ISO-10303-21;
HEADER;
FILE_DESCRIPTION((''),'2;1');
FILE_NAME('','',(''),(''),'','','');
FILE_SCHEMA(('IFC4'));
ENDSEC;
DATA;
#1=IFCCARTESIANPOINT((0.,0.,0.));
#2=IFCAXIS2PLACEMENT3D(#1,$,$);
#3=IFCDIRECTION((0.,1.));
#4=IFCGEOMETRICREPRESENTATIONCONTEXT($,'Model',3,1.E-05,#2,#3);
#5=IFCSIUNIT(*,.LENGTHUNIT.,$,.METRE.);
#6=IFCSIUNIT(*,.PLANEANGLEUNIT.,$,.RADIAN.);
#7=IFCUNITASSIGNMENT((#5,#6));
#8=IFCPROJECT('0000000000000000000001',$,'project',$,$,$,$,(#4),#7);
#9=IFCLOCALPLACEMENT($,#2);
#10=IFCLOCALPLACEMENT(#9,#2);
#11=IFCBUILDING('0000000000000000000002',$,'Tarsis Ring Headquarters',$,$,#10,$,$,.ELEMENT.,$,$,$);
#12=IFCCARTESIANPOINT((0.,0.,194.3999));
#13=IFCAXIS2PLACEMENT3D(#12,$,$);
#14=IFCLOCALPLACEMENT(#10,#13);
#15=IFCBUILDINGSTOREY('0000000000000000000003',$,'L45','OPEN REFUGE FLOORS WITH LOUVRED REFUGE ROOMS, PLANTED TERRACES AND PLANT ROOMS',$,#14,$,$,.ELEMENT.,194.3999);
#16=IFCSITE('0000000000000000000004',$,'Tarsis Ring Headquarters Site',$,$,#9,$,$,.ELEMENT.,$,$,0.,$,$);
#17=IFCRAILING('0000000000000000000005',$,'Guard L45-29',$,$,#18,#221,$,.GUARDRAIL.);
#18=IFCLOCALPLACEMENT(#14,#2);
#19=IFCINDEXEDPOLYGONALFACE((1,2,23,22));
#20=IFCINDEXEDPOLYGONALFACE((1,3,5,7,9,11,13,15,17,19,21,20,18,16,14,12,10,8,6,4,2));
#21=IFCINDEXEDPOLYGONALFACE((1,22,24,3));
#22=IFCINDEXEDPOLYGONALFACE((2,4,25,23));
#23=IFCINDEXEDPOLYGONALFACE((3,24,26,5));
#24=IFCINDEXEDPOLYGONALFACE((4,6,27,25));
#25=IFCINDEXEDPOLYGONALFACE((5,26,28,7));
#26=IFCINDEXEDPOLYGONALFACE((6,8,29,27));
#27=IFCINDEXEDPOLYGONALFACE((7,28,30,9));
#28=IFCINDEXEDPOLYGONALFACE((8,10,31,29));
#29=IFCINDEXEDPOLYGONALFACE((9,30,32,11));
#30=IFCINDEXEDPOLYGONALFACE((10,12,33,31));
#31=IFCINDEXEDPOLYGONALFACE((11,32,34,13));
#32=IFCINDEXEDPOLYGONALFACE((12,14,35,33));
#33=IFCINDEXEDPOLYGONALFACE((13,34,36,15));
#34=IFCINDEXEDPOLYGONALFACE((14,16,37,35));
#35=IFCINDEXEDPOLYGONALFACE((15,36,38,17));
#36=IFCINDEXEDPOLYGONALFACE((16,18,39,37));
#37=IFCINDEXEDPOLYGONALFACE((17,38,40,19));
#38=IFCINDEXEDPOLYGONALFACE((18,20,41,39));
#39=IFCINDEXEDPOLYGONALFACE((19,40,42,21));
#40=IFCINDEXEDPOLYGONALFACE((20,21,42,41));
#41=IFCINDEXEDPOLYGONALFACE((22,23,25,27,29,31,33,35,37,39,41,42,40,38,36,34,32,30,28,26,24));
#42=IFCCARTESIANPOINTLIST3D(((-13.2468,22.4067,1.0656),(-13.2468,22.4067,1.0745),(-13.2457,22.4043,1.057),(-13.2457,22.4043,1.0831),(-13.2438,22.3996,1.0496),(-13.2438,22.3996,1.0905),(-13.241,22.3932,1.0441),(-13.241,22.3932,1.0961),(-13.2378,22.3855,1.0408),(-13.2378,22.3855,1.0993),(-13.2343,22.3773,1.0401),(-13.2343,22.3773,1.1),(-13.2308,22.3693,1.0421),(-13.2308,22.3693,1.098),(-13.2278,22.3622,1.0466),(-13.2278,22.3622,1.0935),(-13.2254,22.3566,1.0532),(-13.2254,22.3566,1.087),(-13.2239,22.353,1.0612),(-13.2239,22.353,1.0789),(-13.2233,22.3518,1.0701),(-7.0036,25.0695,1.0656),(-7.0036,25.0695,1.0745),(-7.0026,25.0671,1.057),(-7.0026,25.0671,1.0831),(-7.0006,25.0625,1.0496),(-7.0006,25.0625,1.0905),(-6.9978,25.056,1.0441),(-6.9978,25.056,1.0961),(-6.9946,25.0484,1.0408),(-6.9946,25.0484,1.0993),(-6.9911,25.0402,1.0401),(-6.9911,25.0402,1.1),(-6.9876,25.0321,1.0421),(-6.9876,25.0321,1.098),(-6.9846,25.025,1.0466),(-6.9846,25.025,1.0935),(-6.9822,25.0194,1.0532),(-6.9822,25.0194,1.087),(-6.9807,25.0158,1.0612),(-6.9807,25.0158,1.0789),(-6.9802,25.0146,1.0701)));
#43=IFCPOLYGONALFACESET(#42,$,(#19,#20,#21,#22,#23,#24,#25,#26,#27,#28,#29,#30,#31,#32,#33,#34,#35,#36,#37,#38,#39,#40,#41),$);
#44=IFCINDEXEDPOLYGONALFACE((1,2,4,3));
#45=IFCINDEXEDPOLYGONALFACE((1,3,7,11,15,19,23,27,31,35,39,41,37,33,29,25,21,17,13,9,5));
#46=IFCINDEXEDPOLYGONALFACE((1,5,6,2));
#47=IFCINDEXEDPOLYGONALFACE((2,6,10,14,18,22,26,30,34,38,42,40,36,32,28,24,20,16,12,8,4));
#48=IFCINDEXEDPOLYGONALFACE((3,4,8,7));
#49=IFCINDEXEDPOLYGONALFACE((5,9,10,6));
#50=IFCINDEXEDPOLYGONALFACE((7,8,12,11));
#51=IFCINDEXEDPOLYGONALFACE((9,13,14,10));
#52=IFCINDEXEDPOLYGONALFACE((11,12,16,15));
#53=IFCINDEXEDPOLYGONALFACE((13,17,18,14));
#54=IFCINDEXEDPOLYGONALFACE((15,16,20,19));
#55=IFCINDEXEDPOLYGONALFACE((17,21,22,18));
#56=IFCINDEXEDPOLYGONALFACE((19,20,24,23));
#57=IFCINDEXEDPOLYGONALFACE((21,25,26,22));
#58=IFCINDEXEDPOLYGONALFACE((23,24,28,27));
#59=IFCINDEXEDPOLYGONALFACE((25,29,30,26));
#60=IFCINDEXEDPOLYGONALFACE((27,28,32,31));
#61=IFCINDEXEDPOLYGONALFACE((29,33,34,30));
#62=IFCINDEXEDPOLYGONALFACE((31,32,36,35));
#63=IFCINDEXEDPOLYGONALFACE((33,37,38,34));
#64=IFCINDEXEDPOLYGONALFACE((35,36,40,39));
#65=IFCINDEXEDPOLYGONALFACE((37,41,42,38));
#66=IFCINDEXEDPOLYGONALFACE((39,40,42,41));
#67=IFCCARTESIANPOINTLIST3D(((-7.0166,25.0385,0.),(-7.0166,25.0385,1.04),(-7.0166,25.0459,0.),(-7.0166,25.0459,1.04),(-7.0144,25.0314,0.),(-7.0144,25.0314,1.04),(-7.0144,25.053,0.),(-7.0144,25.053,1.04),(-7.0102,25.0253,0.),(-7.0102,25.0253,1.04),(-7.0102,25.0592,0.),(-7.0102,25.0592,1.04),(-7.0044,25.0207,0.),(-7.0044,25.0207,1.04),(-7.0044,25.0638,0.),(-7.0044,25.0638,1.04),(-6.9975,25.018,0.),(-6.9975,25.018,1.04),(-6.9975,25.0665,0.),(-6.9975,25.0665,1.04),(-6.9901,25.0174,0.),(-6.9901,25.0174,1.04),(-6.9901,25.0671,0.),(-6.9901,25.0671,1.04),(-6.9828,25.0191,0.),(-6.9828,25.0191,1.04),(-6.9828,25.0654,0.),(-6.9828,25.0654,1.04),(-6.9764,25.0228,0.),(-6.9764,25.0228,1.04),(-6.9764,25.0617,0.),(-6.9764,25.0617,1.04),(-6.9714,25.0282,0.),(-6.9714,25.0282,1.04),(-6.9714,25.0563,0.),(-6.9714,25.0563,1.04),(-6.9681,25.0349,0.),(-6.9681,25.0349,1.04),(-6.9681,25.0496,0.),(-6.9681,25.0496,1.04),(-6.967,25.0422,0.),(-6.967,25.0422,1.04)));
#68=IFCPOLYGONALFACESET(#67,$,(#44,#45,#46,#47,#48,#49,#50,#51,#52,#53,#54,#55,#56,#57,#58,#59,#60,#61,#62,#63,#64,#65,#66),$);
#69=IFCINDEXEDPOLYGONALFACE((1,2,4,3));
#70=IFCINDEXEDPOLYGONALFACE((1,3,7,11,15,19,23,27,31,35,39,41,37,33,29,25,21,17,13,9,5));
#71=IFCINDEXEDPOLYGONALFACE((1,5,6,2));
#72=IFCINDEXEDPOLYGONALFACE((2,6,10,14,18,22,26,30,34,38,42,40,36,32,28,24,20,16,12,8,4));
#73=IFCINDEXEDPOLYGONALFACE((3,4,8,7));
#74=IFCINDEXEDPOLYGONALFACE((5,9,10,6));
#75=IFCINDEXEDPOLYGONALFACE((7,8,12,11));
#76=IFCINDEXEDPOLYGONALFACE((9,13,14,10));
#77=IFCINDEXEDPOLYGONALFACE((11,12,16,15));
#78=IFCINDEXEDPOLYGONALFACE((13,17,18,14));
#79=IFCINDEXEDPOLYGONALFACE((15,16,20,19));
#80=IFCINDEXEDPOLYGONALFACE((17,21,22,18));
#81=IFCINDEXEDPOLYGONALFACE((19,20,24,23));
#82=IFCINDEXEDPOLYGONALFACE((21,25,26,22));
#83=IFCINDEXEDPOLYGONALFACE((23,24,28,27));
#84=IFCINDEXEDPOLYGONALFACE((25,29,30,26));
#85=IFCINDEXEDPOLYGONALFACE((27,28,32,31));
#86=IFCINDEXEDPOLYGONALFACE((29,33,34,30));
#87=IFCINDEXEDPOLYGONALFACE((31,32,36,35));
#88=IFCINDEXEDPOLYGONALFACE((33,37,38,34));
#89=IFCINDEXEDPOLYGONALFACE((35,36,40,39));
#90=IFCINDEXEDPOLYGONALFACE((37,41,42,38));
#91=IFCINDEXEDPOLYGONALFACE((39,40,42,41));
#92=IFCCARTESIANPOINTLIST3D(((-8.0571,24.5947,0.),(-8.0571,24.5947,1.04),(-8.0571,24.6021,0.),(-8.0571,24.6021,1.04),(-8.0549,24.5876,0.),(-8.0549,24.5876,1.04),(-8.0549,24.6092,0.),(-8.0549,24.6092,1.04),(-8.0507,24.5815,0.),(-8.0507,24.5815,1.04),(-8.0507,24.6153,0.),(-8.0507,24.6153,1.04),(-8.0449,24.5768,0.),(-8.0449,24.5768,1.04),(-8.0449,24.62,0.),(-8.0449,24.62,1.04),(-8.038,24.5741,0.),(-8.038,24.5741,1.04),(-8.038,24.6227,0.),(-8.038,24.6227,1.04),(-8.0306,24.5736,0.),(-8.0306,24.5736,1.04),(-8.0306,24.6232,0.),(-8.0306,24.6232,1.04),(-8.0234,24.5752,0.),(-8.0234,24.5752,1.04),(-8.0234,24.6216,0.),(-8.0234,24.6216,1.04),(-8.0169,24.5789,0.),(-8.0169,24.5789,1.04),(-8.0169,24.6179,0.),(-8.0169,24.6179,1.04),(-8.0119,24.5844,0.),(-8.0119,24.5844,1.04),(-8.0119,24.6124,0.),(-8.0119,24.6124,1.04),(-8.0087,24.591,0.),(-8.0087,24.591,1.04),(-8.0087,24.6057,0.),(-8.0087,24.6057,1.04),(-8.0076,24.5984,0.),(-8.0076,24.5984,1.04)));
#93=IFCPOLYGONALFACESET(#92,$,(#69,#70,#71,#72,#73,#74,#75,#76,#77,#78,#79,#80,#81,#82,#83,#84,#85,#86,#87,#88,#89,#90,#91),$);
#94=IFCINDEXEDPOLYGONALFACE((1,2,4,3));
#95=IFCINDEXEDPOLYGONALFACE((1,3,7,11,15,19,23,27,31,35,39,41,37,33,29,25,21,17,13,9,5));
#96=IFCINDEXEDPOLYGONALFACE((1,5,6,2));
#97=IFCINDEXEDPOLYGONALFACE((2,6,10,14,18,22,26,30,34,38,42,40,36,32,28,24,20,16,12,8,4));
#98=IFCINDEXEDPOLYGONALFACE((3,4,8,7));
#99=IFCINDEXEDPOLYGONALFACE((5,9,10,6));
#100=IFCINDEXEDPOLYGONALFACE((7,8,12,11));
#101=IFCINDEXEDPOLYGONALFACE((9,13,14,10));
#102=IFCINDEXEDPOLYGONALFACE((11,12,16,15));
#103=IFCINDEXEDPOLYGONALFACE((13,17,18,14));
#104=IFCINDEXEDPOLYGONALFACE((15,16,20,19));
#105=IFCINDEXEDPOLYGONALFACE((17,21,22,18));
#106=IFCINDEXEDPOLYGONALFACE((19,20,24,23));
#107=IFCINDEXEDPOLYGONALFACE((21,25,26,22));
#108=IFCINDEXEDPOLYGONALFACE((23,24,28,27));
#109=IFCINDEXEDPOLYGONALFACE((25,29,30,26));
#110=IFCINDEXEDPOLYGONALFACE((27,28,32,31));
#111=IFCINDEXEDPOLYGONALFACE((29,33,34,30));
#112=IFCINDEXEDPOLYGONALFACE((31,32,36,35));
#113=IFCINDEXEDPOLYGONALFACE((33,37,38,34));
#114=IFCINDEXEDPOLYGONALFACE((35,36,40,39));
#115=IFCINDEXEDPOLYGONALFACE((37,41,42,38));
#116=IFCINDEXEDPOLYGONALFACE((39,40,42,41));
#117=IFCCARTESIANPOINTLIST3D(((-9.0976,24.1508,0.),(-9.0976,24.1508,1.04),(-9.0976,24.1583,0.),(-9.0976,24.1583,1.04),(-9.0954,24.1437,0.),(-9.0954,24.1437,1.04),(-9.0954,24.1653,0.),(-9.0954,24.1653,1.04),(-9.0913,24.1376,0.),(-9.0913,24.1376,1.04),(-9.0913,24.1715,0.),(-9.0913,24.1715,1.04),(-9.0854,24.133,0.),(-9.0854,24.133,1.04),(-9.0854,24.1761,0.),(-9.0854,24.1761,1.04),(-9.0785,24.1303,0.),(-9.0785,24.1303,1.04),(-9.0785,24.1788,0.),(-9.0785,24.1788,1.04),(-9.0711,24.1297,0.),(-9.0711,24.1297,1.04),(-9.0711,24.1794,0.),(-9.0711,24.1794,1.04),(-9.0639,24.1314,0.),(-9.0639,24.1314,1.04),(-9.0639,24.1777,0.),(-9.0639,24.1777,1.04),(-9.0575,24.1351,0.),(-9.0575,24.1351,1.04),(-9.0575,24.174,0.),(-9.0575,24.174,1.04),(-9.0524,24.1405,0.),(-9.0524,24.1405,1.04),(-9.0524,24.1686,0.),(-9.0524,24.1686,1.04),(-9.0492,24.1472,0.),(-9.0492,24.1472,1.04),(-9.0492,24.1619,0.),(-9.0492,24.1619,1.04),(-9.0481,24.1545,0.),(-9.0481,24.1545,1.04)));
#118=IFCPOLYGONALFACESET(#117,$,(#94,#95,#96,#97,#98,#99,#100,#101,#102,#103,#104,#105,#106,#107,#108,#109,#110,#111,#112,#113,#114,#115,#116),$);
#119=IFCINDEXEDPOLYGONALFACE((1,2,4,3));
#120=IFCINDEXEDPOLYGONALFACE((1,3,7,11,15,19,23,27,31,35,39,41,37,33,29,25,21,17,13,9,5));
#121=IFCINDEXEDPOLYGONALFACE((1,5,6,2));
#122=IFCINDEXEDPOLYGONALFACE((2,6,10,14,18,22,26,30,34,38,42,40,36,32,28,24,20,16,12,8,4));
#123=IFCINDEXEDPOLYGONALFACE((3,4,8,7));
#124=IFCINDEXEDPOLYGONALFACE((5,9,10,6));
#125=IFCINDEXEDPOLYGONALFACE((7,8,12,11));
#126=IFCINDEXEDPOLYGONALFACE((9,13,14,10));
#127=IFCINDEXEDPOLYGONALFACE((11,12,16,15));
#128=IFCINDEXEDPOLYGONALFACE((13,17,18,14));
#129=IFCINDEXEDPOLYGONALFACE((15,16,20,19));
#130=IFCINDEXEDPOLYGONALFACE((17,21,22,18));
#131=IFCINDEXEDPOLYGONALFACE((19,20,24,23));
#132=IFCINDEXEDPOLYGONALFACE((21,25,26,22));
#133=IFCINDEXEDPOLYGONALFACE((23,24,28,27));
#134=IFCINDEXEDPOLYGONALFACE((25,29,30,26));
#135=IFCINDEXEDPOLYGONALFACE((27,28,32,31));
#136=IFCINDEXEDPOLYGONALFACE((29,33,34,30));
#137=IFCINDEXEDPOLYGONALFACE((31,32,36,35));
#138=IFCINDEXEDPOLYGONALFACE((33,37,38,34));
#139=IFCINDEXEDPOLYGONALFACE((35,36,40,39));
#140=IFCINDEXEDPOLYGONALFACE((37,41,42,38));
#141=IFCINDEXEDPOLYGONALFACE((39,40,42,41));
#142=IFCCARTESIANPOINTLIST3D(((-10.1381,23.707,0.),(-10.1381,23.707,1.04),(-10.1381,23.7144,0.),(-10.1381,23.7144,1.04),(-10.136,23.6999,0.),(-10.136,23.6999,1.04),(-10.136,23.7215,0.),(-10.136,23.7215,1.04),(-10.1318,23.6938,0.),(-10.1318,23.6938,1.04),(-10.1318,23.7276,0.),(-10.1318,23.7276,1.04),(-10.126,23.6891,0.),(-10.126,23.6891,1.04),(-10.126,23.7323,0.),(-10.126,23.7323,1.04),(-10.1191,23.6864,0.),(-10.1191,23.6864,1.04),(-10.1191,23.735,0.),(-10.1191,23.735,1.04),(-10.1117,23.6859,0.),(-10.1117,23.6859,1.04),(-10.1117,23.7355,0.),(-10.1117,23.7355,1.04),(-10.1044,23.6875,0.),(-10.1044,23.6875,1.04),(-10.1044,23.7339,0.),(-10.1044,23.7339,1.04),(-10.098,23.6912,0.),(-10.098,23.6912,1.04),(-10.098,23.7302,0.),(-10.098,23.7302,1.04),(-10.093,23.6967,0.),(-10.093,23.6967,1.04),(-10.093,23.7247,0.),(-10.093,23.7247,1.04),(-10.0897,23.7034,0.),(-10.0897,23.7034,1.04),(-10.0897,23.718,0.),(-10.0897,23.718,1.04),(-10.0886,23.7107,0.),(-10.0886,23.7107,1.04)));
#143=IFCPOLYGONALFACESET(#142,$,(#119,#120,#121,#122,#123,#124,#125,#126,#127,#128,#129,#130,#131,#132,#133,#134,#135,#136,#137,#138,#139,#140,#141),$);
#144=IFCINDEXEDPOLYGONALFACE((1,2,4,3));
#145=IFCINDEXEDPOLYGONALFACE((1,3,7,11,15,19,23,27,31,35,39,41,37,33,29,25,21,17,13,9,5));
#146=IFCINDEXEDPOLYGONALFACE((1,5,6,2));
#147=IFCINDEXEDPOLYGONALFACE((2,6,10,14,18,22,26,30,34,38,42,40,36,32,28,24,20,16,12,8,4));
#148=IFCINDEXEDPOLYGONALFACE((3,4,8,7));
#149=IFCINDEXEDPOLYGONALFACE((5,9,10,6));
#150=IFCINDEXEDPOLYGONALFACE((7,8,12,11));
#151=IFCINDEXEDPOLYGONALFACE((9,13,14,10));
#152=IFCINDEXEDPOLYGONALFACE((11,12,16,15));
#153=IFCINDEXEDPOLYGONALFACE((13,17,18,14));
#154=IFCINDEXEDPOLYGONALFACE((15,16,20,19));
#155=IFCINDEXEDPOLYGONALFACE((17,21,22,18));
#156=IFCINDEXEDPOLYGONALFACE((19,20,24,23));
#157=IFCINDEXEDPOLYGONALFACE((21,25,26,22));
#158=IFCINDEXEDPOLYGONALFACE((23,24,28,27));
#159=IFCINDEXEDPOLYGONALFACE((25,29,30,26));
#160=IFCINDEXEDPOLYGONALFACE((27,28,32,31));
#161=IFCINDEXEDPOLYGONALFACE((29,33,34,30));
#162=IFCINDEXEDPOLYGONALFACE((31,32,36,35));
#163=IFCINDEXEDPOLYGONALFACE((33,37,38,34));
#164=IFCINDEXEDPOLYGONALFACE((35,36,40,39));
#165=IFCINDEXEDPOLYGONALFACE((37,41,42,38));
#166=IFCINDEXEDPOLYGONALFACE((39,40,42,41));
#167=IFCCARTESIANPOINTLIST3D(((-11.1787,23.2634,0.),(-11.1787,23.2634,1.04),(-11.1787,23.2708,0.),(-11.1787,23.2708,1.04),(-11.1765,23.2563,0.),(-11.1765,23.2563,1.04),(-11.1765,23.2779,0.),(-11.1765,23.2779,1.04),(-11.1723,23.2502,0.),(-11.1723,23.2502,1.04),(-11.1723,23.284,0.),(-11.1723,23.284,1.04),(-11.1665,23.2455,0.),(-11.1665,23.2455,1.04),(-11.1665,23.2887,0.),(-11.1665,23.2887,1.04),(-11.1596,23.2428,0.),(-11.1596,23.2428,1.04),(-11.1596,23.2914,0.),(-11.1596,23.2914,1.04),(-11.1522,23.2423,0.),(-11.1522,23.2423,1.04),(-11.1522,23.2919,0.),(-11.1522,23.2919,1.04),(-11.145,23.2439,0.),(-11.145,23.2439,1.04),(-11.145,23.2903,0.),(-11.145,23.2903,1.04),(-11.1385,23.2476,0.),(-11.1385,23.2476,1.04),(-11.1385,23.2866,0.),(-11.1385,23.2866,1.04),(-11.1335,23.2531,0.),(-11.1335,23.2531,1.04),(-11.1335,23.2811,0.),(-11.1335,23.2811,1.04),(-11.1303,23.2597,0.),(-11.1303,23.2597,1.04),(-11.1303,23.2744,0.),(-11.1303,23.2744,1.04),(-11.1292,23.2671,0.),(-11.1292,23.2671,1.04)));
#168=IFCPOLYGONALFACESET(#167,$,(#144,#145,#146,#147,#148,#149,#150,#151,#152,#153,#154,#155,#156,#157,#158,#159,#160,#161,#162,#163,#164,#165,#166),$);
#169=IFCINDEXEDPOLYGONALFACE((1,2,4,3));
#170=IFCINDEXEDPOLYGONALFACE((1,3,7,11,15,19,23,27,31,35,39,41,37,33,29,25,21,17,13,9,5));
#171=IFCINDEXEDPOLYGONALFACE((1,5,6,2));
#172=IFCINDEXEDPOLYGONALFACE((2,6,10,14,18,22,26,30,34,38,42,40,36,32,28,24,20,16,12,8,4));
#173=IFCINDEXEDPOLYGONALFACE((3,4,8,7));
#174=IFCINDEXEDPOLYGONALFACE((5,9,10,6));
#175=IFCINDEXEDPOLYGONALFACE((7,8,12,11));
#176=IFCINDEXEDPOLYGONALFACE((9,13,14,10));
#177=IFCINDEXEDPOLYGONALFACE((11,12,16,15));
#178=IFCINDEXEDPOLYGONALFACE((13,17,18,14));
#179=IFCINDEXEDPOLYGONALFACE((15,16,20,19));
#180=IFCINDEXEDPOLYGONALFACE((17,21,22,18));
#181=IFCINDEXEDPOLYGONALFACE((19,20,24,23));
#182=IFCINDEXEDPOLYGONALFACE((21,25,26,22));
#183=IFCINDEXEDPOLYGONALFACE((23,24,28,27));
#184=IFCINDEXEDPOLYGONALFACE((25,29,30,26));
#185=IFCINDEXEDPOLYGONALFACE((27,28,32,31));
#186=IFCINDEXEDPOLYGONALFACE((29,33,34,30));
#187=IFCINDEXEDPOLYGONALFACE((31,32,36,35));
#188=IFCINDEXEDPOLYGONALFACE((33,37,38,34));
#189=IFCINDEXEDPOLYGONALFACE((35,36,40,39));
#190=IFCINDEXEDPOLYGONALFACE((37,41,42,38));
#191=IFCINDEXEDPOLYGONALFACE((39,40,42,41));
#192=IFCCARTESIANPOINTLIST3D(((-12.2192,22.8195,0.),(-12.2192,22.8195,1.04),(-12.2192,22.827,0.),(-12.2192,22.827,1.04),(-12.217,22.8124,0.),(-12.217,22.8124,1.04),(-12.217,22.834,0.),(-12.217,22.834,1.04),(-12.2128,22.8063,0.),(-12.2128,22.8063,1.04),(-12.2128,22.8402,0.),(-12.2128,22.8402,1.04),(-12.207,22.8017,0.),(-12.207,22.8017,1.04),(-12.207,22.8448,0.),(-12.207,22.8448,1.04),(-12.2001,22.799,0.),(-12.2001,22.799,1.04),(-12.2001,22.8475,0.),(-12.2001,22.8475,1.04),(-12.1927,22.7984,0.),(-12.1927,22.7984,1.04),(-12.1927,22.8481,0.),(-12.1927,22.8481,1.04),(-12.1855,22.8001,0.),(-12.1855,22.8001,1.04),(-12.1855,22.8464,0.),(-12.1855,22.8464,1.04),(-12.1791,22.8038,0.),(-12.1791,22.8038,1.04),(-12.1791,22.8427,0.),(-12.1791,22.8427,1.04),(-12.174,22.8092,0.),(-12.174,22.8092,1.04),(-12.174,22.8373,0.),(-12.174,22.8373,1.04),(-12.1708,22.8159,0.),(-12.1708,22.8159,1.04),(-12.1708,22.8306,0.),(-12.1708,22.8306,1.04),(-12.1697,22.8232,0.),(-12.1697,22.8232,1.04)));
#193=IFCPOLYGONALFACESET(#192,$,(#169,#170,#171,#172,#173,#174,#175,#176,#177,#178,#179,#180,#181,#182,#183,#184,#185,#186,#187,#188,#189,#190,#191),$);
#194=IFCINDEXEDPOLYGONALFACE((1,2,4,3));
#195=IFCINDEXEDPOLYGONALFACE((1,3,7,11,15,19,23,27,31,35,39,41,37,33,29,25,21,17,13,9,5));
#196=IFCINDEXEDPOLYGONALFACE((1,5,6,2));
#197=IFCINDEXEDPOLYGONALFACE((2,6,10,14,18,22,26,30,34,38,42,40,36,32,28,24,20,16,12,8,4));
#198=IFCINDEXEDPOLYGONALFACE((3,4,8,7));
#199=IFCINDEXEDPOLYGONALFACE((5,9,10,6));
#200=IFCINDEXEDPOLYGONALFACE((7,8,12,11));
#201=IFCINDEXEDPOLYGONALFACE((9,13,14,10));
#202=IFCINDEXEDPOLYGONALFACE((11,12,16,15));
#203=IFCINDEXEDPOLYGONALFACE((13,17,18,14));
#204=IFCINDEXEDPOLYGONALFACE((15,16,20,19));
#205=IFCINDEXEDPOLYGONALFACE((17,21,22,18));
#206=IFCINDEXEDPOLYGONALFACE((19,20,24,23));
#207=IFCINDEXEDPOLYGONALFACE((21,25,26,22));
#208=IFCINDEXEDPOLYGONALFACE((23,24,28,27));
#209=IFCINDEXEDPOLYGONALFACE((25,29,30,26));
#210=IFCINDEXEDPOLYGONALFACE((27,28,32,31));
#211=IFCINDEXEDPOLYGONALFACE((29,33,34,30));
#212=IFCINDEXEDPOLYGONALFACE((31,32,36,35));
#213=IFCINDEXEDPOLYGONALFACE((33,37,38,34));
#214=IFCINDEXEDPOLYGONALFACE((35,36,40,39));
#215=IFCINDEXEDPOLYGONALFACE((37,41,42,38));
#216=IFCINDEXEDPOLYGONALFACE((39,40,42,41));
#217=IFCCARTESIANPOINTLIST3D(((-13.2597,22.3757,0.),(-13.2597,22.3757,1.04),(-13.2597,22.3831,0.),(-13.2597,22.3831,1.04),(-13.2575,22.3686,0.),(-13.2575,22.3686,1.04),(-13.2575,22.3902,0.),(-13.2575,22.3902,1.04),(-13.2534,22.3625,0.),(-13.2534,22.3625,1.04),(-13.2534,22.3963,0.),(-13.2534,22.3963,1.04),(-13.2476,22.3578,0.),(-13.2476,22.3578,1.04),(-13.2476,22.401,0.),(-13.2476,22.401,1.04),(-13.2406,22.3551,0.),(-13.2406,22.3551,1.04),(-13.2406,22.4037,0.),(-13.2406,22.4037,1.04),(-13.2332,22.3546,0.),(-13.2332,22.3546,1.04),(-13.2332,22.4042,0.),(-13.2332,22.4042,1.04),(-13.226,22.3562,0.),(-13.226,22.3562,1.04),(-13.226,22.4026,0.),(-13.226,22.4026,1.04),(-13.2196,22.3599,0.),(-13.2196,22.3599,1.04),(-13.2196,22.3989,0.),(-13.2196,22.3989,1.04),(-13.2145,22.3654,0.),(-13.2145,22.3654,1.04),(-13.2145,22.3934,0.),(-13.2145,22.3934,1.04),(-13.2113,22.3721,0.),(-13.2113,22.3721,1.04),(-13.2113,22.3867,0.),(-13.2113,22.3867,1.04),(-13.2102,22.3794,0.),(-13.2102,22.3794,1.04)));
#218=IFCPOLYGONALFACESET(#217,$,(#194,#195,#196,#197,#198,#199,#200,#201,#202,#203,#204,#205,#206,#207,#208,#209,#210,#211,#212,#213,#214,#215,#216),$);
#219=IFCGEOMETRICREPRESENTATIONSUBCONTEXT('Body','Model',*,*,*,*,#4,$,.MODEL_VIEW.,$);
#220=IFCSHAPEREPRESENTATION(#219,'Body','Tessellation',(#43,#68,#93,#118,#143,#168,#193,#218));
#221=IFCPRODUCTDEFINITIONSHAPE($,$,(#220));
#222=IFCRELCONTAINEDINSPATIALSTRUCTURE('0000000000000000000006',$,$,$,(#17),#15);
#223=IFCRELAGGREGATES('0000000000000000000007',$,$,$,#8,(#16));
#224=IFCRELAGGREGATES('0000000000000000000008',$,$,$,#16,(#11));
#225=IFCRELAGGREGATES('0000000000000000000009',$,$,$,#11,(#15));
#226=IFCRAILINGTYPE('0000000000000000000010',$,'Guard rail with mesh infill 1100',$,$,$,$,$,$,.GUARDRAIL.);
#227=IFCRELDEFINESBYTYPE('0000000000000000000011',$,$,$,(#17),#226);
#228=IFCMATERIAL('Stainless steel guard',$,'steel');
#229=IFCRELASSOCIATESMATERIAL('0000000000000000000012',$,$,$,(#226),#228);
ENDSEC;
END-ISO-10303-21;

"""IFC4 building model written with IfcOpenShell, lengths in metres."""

from ifc_helpers import new_model, si_unit, direction, frame, origin, origin_2d, place, context, subcontext, project, spatial, circle, extrude, material, type_object, element, save


model = new_model("IFC4")

# Units and contexts
model_context = context("Model", 3, precision=1e-05, world=origin(), true_north=direction((0.0, 1.0)))
body_context = subcontext(model_context, "Body", "Model", "MODEL_VIEW")
ifc_project = project(units=[si_unit("LENGTHUNIT", "METRE"), si_unit("PLANEANGLEUNIT", "RADIAN")], contexts=[model_context])

# Site, building, storey
site_placement = place(None, origin())
site = spatial("IfcSite", under=ifc_project, at=site_placement, Name="Tarsis Ring Headquarters Site", CompositionType="ELEMENT", RefElevation=0.0)
building_placement = place(site_placement, origin())
building = spatial("IfcBuilding", under=site, at=building_placement, Name="Tarsis Ring Headquarters", CompositionType="ELEMENT")
storey_placement = place(building_placement, frame((0.0, 0.0, 194.3999)))
storey = spatial("IfcBuildingStorey", under=building, at=storey_placement, Name="L45", Description="OPEN REFUGE FLOORS WITH LOUVRED REFUGE ROOMS, PLANTED TERRACES AND PLANT ROOMS", CompositionType="ELEMENT", Elevation=194.3999)

# Railing
ifc_material_1 = material(Name="Stainless steel guard", Category="steel")
railing_type = type_object("IfcRailingType", Name="Guard rail with mesh infill 1100", PredefinedType="GUARDRAIL", material=ifc_material_1)
railing_1_placement = place(storey_placement, frame((-6.9919, 25.0422, 0.0)))
element("IfcRailing", 1, at=railing_1_placement, inside=storey, type_object=railing_type, Name="Guard L45-29", PredefinedType="GUARDRAIL", context=body_context, shape_type="SweptSolid", body=[
    extrude(circle(Radius=0.03, at=origin_2d()), frame((0.0, 0.0, 1.0701), z_axis=(-0.919826, -0.392325, 0.0), x_axis=(0.392325, -0.919826, 0.0)), (0.0, 0.0, 1.0), 6.7874),
    extrude(circle(Radius=0.0249, at=origin_2d()), origin(), (0.0, 0.0, 1.0), 1.04),
    extrude(circle(Radius=0.0249, at=origin_2d()), frame((-1.0405, -0.4438, 0.0)), (0.0, 0.0, 1.0), 1.04),
    extrude(circle(Radius=0.0249, at=origin_2d()), frame((-2.0811, -0.8877, 0.0)), (0.0, 0.0, 1.0), 1.04),
    extrude(circle(Radius=0.0249, at=origin_2d()), frame((-3.1216, -1.3315, 0.0)), (0.0, 0.0, 1.0), 1.04),
    extrude(circle(Radius=0.0249, at=origin_2d()), frame((-4.1621, -1.7751, 0.0)), (0.0, 0.0, 1.0), 1.04),
    extrude(circle(Radius=0.0249, at=origin_2d()), frame((-5.2026, -2.219, 0.0)), (0.0, 0.0, 1.0), 1.04),
    extrude(circle(Radius=0.0249, at=origin_2d()), frame((-6.2432, -2.6628, 0.0)), (0.0, 0.0, 1.0), 1.04),
])

save(model, "model.ifc")
